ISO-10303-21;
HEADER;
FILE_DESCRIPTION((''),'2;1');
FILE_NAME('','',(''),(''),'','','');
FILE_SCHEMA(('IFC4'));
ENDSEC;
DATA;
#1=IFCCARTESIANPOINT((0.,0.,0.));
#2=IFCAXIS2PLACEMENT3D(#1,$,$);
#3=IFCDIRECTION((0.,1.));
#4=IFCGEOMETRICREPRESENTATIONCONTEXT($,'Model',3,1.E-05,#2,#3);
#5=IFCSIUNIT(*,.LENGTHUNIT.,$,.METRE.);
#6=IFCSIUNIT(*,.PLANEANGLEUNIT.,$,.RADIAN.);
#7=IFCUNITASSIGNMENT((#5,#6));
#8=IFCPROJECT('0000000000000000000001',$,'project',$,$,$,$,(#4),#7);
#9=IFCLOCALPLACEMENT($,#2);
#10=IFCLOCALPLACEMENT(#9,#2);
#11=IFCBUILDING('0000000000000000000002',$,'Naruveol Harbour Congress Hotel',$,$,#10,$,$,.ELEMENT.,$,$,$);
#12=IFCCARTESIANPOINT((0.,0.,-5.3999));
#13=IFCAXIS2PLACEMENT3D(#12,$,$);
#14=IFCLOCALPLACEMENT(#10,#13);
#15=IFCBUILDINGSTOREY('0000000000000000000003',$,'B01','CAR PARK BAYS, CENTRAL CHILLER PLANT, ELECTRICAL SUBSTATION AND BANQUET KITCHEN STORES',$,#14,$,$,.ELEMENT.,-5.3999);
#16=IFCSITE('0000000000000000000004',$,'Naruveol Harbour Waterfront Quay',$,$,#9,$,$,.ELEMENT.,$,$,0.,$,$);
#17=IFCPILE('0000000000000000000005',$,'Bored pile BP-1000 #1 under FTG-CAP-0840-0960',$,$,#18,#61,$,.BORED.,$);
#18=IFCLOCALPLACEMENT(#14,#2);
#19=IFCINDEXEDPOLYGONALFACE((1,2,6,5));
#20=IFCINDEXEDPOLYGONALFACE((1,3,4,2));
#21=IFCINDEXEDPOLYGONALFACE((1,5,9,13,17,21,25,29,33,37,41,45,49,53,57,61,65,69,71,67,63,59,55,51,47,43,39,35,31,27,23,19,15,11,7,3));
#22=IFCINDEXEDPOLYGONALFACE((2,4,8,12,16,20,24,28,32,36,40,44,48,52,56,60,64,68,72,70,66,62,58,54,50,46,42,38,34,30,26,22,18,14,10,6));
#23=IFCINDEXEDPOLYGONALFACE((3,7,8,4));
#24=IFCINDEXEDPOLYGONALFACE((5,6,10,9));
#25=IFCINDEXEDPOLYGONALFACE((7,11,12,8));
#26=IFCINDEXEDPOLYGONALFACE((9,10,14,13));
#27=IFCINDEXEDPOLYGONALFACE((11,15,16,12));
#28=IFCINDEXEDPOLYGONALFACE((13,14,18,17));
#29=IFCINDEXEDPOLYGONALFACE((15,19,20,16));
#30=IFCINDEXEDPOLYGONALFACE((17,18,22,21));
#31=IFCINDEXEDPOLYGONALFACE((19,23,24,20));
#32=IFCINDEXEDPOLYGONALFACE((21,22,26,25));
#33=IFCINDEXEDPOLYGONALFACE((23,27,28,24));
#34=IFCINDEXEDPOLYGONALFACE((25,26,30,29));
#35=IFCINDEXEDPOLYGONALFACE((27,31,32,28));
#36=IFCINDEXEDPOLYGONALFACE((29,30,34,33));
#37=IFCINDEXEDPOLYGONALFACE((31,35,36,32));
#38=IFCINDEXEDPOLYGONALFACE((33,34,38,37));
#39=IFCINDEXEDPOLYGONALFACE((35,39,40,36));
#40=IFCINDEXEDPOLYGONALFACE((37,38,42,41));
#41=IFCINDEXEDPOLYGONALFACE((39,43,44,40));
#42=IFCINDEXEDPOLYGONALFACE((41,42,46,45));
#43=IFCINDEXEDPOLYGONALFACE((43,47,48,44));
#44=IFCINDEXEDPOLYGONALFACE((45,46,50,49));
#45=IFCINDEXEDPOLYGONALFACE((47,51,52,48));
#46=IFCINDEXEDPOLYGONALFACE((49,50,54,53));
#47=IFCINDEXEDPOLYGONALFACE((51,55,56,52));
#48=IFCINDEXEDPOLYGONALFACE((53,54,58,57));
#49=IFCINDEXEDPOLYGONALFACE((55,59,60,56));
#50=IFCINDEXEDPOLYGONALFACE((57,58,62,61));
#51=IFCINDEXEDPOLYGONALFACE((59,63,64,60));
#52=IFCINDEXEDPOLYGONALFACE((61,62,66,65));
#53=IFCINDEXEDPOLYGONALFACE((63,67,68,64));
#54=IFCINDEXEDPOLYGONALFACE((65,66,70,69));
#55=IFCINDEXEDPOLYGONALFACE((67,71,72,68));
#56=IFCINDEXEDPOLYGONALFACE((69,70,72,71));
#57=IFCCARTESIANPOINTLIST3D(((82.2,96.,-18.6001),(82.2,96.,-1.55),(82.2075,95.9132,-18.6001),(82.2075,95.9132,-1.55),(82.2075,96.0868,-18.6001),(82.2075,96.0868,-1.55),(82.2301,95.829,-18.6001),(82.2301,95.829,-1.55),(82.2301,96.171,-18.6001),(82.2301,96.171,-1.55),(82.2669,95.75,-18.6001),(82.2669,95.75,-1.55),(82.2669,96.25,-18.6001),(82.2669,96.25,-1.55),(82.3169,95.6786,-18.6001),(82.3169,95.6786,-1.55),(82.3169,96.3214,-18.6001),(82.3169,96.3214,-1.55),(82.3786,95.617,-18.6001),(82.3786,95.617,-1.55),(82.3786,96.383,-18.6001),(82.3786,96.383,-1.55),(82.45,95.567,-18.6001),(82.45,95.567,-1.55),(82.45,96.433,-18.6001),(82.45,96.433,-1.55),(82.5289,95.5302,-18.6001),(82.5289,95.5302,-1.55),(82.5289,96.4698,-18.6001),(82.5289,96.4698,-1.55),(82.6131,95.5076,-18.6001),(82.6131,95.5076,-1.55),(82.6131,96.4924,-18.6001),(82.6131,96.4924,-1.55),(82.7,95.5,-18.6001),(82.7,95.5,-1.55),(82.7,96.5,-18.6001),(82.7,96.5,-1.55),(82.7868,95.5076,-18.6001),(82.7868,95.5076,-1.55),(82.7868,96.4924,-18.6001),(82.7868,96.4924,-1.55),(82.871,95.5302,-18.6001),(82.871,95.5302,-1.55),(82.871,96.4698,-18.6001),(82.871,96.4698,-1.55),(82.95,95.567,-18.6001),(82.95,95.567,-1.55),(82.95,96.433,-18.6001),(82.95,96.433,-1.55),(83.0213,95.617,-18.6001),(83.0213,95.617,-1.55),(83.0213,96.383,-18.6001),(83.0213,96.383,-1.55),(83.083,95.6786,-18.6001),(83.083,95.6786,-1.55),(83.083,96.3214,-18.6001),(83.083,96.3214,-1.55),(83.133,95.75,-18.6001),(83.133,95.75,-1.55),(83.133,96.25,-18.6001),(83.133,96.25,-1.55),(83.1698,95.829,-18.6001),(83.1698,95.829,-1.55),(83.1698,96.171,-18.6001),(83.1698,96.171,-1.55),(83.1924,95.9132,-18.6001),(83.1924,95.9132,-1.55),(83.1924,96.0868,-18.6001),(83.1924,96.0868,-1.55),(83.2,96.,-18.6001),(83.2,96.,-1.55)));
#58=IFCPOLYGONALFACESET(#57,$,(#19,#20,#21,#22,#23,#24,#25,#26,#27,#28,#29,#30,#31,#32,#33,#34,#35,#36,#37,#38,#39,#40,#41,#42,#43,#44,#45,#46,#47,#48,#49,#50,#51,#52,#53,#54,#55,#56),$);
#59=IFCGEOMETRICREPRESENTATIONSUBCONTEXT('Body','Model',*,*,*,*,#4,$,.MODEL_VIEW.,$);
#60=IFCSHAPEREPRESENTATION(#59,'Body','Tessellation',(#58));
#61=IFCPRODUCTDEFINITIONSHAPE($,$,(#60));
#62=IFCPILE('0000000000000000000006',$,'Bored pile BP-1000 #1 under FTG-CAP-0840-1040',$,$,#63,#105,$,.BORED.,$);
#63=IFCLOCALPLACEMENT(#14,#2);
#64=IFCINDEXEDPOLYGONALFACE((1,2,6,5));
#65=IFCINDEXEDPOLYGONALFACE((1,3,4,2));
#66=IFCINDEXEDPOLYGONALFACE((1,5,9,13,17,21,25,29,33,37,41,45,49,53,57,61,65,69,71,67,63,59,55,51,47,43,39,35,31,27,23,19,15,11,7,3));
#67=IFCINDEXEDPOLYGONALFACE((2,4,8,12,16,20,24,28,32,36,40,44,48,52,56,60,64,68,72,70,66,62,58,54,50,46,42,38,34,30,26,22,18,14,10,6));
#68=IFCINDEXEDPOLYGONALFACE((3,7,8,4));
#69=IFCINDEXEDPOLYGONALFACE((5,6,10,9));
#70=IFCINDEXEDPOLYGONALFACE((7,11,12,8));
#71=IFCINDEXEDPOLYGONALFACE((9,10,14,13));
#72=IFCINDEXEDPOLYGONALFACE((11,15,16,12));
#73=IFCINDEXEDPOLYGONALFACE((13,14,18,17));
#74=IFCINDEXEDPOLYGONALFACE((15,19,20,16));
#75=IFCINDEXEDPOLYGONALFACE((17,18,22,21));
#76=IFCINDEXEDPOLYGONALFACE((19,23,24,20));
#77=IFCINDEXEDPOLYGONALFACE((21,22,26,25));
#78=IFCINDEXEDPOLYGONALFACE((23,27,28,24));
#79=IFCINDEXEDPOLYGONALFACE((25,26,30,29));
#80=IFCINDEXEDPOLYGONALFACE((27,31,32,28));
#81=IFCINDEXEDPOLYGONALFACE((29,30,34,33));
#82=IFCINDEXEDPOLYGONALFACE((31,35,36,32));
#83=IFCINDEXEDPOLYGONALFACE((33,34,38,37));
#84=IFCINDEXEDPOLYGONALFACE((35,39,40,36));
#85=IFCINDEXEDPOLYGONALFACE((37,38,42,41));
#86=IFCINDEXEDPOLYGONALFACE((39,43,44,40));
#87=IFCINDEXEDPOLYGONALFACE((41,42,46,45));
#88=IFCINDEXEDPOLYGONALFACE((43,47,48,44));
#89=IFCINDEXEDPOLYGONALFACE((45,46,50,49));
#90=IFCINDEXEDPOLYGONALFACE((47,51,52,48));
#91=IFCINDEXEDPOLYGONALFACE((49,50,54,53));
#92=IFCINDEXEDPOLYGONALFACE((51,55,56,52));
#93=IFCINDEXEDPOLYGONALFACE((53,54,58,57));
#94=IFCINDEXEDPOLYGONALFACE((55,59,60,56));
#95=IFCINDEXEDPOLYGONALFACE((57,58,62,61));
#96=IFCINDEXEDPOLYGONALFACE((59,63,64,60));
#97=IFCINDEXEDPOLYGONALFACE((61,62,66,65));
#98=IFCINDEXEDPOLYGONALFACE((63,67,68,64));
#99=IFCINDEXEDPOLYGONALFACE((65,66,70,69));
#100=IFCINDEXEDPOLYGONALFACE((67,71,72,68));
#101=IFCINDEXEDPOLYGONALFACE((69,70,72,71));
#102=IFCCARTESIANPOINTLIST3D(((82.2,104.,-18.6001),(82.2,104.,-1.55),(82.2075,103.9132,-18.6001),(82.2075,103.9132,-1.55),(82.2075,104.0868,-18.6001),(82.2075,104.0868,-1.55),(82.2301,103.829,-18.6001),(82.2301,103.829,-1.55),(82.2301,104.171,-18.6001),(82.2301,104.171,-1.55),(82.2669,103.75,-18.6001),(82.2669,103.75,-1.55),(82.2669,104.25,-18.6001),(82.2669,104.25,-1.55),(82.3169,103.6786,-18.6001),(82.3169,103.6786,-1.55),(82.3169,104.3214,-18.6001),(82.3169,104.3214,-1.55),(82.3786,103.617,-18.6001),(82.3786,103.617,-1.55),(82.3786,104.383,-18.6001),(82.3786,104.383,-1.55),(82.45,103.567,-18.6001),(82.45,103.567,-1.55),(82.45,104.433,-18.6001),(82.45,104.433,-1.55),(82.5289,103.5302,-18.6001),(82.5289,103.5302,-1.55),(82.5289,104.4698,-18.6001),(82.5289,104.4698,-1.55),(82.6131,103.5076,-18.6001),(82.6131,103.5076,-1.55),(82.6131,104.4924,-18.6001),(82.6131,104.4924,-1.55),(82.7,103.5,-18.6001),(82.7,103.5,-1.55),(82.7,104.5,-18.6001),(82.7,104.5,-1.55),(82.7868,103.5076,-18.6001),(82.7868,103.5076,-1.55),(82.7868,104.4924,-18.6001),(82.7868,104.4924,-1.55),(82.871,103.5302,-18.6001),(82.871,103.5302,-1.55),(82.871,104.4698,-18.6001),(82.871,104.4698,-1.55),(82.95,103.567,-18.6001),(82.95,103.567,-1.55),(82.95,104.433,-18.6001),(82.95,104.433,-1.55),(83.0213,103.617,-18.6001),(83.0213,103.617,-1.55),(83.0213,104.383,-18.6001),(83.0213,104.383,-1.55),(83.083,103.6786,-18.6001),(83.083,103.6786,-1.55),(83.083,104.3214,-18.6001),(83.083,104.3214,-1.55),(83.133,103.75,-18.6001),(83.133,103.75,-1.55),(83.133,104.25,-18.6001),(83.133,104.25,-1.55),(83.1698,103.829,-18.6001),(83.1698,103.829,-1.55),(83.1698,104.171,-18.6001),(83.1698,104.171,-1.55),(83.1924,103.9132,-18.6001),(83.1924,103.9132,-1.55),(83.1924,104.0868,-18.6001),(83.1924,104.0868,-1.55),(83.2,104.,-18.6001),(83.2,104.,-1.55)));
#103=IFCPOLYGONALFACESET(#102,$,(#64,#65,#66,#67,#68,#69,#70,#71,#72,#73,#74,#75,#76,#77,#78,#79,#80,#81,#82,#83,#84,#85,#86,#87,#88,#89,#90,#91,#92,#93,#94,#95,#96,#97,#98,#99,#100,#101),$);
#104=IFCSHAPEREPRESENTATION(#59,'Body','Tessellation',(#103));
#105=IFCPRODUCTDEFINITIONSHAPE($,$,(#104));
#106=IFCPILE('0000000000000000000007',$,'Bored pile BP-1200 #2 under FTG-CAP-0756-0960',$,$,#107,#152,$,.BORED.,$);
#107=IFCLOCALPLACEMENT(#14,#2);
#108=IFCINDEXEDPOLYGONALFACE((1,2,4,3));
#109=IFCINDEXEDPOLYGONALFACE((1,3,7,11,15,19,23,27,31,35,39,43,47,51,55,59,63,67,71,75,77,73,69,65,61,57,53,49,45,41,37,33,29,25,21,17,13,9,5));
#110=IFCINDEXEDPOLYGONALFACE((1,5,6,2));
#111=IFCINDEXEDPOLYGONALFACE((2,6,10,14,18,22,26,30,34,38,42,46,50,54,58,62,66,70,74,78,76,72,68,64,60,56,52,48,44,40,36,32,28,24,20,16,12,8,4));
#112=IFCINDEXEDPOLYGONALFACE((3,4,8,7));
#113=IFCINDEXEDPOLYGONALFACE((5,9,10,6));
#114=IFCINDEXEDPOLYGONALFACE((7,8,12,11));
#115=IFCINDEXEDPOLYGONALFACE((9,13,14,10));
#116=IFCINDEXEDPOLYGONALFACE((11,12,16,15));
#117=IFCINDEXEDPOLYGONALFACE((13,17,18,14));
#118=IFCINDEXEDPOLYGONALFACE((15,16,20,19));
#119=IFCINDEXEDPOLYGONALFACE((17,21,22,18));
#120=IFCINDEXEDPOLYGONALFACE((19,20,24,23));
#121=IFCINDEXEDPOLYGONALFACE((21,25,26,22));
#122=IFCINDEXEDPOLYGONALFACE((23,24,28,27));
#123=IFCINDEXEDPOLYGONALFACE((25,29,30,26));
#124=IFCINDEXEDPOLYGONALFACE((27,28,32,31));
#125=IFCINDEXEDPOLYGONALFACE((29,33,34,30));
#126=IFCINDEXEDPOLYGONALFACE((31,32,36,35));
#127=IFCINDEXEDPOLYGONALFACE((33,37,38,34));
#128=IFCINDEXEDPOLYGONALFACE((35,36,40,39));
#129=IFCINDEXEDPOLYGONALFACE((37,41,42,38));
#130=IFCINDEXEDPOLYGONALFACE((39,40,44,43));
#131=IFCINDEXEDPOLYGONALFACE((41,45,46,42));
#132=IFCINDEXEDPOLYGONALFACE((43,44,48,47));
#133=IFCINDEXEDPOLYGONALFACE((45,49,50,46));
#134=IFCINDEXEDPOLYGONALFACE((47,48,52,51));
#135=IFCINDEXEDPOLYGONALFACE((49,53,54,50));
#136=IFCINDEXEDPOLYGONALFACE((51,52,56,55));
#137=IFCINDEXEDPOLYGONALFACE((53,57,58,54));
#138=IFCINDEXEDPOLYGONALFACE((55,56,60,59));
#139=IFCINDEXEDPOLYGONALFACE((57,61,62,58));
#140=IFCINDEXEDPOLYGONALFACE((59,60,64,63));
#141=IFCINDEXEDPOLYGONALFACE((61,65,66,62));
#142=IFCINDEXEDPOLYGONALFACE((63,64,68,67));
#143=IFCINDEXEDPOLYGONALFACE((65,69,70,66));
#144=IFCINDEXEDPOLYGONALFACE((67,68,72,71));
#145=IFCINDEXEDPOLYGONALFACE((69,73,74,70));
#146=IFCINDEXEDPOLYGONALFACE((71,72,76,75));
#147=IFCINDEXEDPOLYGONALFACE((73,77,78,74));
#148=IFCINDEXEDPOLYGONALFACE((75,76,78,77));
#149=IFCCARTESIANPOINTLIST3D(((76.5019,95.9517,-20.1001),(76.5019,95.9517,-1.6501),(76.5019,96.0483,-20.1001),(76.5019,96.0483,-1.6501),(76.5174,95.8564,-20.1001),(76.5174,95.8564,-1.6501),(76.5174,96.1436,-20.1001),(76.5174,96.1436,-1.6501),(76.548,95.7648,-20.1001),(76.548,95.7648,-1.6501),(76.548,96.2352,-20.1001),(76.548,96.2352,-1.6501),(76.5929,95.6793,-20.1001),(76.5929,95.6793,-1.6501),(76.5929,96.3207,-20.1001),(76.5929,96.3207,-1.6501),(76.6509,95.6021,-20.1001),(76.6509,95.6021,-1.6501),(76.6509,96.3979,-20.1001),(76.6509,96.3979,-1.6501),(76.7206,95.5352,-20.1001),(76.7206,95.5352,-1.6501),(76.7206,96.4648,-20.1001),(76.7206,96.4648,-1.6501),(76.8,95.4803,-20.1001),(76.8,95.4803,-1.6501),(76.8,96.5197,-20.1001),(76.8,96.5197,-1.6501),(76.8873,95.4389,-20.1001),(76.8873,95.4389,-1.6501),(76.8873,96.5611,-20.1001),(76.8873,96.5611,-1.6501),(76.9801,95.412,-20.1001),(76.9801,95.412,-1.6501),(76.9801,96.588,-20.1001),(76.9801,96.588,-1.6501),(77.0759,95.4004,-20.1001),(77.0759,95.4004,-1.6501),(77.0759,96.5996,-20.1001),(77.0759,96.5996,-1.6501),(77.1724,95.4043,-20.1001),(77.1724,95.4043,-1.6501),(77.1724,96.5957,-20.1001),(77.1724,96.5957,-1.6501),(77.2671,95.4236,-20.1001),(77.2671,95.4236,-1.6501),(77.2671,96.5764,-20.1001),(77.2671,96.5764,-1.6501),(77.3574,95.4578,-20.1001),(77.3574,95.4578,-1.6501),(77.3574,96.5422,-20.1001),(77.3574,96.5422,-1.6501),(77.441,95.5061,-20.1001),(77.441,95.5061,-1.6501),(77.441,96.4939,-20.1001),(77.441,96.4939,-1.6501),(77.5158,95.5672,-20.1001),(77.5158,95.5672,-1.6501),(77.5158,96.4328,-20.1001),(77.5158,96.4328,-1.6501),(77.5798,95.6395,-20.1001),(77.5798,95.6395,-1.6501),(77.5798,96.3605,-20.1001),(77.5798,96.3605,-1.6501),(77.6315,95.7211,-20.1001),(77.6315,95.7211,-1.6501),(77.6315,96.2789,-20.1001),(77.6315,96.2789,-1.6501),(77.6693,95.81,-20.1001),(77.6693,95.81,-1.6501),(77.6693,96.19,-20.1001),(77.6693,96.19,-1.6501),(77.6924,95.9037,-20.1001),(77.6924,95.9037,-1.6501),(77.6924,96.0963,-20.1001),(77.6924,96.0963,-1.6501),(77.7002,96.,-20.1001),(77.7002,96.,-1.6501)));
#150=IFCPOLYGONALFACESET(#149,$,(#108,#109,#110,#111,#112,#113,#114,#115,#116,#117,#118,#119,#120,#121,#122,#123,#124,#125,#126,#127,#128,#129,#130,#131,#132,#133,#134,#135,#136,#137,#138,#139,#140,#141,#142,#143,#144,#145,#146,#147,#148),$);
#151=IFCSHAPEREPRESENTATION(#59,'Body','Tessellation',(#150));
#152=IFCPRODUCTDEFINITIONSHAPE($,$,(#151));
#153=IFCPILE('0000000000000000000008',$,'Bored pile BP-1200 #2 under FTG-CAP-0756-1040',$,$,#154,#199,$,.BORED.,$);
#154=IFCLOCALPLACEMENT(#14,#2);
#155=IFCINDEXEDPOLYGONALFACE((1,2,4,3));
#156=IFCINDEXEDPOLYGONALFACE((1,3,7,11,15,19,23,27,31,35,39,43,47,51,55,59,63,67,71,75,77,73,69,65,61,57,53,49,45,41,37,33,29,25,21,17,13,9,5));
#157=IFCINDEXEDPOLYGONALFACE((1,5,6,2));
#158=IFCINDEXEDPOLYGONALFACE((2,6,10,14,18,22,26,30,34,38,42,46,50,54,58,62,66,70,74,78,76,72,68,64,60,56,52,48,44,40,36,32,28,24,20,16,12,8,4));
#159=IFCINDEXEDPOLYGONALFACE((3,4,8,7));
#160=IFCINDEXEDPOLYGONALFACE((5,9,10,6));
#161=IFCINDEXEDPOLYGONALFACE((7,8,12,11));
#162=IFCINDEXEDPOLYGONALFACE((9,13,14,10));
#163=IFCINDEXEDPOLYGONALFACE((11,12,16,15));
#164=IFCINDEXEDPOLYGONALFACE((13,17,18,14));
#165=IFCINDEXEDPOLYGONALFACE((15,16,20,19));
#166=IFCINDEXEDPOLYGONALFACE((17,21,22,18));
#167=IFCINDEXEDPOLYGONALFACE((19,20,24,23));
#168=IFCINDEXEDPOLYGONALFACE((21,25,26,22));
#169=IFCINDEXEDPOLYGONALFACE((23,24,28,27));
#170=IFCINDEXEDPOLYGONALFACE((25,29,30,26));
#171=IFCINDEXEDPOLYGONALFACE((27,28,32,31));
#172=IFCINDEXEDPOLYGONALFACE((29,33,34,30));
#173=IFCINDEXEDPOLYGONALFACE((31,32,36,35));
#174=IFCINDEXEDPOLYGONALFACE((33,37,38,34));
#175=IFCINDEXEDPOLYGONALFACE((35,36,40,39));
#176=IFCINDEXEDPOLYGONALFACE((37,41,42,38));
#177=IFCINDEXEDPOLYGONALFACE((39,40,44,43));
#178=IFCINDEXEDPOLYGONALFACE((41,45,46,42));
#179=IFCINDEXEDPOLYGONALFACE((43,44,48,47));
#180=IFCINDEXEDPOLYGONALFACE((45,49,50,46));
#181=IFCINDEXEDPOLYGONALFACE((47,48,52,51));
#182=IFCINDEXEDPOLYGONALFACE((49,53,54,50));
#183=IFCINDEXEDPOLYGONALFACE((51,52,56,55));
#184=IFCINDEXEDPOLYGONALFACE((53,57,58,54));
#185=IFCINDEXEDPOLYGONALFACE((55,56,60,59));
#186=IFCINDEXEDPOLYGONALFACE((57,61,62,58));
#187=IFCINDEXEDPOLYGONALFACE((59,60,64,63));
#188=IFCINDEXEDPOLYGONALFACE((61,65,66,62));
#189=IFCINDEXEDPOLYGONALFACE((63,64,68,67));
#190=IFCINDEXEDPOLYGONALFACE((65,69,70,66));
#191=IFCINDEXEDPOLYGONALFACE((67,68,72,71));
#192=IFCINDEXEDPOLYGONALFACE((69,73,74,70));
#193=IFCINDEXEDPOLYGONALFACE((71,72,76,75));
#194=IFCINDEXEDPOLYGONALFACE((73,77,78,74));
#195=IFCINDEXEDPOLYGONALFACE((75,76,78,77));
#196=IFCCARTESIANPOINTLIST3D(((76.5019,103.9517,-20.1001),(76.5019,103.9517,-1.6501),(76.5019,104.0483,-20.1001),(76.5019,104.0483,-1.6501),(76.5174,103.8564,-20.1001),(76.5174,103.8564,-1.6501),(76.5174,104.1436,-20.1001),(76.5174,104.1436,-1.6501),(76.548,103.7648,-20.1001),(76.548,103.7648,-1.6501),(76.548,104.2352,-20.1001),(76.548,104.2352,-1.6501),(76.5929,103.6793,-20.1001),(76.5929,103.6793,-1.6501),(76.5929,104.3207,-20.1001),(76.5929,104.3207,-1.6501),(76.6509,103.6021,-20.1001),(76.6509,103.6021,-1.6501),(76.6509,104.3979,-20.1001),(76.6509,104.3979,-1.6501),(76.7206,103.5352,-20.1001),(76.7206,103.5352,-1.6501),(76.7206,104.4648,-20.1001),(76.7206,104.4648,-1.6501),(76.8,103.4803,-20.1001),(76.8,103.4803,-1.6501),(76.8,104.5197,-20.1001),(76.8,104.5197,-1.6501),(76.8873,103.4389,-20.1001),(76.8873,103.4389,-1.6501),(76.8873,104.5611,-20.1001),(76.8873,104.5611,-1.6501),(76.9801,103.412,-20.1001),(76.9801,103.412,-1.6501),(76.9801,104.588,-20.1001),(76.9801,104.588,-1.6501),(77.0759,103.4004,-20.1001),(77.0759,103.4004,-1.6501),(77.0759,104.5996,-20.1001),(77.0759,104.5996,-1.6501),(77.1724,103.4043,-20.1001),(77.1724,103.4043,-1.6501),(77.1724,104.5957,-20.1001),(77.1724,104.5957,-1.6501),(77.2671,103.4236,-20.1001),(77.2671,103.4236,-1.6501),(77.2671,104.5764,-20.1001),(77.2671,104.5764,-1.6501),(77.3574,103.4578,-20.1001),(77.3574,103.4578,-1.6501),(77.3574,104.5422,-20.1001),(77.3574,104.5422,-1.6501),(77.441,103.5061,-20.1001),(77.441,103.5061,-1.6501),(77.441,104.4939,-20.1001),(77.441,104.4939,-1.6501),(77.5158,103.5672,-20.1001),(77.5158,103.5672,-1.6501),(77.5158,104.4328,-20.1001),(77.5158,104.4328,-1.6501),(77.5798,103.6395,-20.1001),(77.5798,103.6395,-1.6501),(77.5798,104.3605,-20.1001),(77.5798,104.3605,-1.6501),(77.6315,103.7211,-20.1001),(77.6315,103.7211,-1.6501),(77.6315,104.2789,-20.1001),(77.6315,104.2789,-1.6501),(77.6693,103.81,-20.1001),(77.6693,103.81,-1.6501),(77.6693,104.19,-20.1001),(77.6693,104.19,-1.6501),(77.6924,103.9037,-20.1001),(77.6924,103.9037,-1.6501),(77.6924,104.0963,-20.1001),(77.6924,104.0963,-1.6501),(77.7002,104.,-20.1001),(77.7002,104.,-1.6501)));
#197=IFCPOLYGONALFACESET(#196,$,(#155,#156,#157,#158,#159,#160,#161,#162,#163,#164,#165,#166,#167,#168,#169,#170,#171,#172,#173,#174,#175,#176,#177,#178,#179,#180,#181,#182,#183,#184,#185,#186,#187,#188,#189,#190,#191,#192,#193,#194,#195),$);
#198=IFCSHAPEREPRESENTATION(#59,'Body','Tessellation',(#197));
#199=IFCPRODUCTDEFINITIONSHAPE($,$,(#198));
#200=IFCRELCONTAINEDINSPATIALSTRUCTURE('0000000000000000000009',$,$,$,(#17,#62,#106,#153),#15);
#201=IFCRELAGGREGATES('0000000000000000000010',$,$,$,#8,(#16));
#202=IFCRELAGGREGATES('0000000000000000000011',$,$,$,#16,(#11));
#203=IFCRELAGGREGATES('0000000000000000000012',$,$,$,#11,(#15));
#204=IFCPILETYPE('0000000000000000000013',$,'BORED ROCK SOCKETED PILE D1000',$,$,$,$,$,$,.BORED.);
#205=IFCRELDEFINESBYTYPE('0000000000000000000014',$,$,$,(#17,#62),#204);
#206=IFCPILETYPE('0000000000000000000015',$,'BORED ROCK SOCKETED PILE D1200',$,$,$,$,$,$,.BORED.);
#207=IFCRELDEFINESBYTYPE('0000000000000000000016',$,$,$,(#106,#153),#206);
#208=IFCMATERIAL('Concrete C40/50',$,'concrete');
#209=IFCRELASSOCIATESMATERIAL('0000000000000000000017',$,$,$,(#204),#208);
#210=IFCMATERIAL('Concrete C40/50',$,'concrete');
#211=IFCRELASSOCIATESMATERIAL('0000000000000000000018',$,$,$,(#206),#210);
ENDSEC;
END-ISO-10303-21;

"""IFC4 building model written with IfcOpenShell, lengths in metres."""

from ifc_helpers import new_model, si_unit, direction, frame, origin, origin_2d, place, context, subcontext, project, spatial, circle, extrude, material, material_profile, profile_set, type_object, element, save


model = new_model("IFC4")

# Units and contexts
model_context = context("Model", 3, precision=1e-05, world=origin(), true_north=direction((0.0, 1.0)))
body_context = subcontext(model_context, "Body", "Model", "MODEL_VIEW")
ifc_project = project(units=[si_unit("LENGTHUNIT", "METRE"), si_unit("PLANEANGLEUNIT", "RADIAN")], contexts=[model_context])

# Site, building, storey
site_placement = place(None, origin())
site = spatial("IfcSite", under=ifc_project, at=site_placement, Name="Naruveol Harbour Waterfront Quay", CompositionType="ELEMENT", RefElevation=0.0)
building_placement = place(site_placement, origin())
building = spatial("IfcBuilding", under=site, at=building_placement, Name="Naruveol Harbour Congress Hotel", CompositionType="ELEMENT")
storey_placement = place(building_placement, frame((0.0, 0.0, -5.3999)))
storey = spatial("IfcBuildingStorey", under=building, at=storey_placement, Name="B01", Description="CAR PARK BAYS, CENTRAL CHILLER PLANT, ELECTRICAL SUBSTATION AND BANQUET KITCHEN STORES", CompositionType="ELEMENT", Elevation=-5.3999)

# Piles
ifc_material_1 = material(Name="Concrete C40/50", Category="concrete")
ifc_material_profile_1 = material_profile(ifc_material_1, circle(Radius=0.5, at=origin_2d()), Name="BP-1000")
ifc_profile_set_1 = profile_set([ifc_material_profile_1], Name="Concrete C40/50")
pile_type_1 = type_object("IfcPileType", Name="BORED ROCK SOCKETED PILE D1000", PredefinedType="BORED", material=ifc_profile_set_1)
for number, where, z_axis, x_axis, name in (
    (1, (82.7, 96.0, -1.55), (0.0, 0.0, -1.0), (1.0, 0.0, 0.0), "Bored pile BP-1000 #1 under FTG-CAP-0840-0960"),
    (2, (82.7, 104.0, -1.55), (0.0, 0.0, -1.0), (1.0, 0.0, 0.0), "Bored pile BP-1000 #1 under FTG-CAP-0840-1040"),
):
    element("IfcPile", number, at=place(storey_placement, frame(where, z_axis=z_axis, x_axis=x_axis)), inside=storey, type_object=pile_type_1, Name=name, PredefinedType="BORED", context=body_context, shape_type="SweptSolid", body=[
        extrude(circle(Radius=0.5, at=origin_2d()), origin(), (0.0, 0.0, 1.0), 17.05),
    ])
ifc_material_2 = material(Name="Concrete C40/50", Category="concrete")
ifc_material_profile_2 = material_profile(ifc_material_2, circle(Radius=0.6001, at=origin_2d()), Name="BP-1200")
ifc_profile_set_2 = profile_set([ifc_material_profile_2], Name="Concrete C40/50")
pile_type_2 = type_object("IfcPileType", Name="BORED ROCK SOCKETED PILE D1200", PredefinedType="BORED", material=ifc_profile_set_2)
for number, where, z_axis, x_axis, name in (
    (3, (77.1001, 96.0, -1.6501), (0.0, 0.0, -1.0), (1.0, 0.0, 0.0), "Bored pile BP-1200 #2 under FTG-CAP-0756-0960"),
    (4, (77.1001, 104.0, -1.6501), (0.0, 0.0, -1.0), (1.0, 0.0, 0.0), "Bored pile BP-1200 #2 under FTG-CAP-0756-1040"),
):
    element("IfcPile", number, at=place(storey_placement, frame(where, z_axis=z_axis, x_axis=x_axis)), inside=storey, type_object=pile_type_2, Name=name, PredefinedType="BORED", context=body_context, shape_type="SweptSolid", body=[
        extrude(circle(Radius=0.6001, at=origin_2d()), origin(), (0.0, 0.0, 1.0), 18.45),
    ])

save(model, "model.ifc")
